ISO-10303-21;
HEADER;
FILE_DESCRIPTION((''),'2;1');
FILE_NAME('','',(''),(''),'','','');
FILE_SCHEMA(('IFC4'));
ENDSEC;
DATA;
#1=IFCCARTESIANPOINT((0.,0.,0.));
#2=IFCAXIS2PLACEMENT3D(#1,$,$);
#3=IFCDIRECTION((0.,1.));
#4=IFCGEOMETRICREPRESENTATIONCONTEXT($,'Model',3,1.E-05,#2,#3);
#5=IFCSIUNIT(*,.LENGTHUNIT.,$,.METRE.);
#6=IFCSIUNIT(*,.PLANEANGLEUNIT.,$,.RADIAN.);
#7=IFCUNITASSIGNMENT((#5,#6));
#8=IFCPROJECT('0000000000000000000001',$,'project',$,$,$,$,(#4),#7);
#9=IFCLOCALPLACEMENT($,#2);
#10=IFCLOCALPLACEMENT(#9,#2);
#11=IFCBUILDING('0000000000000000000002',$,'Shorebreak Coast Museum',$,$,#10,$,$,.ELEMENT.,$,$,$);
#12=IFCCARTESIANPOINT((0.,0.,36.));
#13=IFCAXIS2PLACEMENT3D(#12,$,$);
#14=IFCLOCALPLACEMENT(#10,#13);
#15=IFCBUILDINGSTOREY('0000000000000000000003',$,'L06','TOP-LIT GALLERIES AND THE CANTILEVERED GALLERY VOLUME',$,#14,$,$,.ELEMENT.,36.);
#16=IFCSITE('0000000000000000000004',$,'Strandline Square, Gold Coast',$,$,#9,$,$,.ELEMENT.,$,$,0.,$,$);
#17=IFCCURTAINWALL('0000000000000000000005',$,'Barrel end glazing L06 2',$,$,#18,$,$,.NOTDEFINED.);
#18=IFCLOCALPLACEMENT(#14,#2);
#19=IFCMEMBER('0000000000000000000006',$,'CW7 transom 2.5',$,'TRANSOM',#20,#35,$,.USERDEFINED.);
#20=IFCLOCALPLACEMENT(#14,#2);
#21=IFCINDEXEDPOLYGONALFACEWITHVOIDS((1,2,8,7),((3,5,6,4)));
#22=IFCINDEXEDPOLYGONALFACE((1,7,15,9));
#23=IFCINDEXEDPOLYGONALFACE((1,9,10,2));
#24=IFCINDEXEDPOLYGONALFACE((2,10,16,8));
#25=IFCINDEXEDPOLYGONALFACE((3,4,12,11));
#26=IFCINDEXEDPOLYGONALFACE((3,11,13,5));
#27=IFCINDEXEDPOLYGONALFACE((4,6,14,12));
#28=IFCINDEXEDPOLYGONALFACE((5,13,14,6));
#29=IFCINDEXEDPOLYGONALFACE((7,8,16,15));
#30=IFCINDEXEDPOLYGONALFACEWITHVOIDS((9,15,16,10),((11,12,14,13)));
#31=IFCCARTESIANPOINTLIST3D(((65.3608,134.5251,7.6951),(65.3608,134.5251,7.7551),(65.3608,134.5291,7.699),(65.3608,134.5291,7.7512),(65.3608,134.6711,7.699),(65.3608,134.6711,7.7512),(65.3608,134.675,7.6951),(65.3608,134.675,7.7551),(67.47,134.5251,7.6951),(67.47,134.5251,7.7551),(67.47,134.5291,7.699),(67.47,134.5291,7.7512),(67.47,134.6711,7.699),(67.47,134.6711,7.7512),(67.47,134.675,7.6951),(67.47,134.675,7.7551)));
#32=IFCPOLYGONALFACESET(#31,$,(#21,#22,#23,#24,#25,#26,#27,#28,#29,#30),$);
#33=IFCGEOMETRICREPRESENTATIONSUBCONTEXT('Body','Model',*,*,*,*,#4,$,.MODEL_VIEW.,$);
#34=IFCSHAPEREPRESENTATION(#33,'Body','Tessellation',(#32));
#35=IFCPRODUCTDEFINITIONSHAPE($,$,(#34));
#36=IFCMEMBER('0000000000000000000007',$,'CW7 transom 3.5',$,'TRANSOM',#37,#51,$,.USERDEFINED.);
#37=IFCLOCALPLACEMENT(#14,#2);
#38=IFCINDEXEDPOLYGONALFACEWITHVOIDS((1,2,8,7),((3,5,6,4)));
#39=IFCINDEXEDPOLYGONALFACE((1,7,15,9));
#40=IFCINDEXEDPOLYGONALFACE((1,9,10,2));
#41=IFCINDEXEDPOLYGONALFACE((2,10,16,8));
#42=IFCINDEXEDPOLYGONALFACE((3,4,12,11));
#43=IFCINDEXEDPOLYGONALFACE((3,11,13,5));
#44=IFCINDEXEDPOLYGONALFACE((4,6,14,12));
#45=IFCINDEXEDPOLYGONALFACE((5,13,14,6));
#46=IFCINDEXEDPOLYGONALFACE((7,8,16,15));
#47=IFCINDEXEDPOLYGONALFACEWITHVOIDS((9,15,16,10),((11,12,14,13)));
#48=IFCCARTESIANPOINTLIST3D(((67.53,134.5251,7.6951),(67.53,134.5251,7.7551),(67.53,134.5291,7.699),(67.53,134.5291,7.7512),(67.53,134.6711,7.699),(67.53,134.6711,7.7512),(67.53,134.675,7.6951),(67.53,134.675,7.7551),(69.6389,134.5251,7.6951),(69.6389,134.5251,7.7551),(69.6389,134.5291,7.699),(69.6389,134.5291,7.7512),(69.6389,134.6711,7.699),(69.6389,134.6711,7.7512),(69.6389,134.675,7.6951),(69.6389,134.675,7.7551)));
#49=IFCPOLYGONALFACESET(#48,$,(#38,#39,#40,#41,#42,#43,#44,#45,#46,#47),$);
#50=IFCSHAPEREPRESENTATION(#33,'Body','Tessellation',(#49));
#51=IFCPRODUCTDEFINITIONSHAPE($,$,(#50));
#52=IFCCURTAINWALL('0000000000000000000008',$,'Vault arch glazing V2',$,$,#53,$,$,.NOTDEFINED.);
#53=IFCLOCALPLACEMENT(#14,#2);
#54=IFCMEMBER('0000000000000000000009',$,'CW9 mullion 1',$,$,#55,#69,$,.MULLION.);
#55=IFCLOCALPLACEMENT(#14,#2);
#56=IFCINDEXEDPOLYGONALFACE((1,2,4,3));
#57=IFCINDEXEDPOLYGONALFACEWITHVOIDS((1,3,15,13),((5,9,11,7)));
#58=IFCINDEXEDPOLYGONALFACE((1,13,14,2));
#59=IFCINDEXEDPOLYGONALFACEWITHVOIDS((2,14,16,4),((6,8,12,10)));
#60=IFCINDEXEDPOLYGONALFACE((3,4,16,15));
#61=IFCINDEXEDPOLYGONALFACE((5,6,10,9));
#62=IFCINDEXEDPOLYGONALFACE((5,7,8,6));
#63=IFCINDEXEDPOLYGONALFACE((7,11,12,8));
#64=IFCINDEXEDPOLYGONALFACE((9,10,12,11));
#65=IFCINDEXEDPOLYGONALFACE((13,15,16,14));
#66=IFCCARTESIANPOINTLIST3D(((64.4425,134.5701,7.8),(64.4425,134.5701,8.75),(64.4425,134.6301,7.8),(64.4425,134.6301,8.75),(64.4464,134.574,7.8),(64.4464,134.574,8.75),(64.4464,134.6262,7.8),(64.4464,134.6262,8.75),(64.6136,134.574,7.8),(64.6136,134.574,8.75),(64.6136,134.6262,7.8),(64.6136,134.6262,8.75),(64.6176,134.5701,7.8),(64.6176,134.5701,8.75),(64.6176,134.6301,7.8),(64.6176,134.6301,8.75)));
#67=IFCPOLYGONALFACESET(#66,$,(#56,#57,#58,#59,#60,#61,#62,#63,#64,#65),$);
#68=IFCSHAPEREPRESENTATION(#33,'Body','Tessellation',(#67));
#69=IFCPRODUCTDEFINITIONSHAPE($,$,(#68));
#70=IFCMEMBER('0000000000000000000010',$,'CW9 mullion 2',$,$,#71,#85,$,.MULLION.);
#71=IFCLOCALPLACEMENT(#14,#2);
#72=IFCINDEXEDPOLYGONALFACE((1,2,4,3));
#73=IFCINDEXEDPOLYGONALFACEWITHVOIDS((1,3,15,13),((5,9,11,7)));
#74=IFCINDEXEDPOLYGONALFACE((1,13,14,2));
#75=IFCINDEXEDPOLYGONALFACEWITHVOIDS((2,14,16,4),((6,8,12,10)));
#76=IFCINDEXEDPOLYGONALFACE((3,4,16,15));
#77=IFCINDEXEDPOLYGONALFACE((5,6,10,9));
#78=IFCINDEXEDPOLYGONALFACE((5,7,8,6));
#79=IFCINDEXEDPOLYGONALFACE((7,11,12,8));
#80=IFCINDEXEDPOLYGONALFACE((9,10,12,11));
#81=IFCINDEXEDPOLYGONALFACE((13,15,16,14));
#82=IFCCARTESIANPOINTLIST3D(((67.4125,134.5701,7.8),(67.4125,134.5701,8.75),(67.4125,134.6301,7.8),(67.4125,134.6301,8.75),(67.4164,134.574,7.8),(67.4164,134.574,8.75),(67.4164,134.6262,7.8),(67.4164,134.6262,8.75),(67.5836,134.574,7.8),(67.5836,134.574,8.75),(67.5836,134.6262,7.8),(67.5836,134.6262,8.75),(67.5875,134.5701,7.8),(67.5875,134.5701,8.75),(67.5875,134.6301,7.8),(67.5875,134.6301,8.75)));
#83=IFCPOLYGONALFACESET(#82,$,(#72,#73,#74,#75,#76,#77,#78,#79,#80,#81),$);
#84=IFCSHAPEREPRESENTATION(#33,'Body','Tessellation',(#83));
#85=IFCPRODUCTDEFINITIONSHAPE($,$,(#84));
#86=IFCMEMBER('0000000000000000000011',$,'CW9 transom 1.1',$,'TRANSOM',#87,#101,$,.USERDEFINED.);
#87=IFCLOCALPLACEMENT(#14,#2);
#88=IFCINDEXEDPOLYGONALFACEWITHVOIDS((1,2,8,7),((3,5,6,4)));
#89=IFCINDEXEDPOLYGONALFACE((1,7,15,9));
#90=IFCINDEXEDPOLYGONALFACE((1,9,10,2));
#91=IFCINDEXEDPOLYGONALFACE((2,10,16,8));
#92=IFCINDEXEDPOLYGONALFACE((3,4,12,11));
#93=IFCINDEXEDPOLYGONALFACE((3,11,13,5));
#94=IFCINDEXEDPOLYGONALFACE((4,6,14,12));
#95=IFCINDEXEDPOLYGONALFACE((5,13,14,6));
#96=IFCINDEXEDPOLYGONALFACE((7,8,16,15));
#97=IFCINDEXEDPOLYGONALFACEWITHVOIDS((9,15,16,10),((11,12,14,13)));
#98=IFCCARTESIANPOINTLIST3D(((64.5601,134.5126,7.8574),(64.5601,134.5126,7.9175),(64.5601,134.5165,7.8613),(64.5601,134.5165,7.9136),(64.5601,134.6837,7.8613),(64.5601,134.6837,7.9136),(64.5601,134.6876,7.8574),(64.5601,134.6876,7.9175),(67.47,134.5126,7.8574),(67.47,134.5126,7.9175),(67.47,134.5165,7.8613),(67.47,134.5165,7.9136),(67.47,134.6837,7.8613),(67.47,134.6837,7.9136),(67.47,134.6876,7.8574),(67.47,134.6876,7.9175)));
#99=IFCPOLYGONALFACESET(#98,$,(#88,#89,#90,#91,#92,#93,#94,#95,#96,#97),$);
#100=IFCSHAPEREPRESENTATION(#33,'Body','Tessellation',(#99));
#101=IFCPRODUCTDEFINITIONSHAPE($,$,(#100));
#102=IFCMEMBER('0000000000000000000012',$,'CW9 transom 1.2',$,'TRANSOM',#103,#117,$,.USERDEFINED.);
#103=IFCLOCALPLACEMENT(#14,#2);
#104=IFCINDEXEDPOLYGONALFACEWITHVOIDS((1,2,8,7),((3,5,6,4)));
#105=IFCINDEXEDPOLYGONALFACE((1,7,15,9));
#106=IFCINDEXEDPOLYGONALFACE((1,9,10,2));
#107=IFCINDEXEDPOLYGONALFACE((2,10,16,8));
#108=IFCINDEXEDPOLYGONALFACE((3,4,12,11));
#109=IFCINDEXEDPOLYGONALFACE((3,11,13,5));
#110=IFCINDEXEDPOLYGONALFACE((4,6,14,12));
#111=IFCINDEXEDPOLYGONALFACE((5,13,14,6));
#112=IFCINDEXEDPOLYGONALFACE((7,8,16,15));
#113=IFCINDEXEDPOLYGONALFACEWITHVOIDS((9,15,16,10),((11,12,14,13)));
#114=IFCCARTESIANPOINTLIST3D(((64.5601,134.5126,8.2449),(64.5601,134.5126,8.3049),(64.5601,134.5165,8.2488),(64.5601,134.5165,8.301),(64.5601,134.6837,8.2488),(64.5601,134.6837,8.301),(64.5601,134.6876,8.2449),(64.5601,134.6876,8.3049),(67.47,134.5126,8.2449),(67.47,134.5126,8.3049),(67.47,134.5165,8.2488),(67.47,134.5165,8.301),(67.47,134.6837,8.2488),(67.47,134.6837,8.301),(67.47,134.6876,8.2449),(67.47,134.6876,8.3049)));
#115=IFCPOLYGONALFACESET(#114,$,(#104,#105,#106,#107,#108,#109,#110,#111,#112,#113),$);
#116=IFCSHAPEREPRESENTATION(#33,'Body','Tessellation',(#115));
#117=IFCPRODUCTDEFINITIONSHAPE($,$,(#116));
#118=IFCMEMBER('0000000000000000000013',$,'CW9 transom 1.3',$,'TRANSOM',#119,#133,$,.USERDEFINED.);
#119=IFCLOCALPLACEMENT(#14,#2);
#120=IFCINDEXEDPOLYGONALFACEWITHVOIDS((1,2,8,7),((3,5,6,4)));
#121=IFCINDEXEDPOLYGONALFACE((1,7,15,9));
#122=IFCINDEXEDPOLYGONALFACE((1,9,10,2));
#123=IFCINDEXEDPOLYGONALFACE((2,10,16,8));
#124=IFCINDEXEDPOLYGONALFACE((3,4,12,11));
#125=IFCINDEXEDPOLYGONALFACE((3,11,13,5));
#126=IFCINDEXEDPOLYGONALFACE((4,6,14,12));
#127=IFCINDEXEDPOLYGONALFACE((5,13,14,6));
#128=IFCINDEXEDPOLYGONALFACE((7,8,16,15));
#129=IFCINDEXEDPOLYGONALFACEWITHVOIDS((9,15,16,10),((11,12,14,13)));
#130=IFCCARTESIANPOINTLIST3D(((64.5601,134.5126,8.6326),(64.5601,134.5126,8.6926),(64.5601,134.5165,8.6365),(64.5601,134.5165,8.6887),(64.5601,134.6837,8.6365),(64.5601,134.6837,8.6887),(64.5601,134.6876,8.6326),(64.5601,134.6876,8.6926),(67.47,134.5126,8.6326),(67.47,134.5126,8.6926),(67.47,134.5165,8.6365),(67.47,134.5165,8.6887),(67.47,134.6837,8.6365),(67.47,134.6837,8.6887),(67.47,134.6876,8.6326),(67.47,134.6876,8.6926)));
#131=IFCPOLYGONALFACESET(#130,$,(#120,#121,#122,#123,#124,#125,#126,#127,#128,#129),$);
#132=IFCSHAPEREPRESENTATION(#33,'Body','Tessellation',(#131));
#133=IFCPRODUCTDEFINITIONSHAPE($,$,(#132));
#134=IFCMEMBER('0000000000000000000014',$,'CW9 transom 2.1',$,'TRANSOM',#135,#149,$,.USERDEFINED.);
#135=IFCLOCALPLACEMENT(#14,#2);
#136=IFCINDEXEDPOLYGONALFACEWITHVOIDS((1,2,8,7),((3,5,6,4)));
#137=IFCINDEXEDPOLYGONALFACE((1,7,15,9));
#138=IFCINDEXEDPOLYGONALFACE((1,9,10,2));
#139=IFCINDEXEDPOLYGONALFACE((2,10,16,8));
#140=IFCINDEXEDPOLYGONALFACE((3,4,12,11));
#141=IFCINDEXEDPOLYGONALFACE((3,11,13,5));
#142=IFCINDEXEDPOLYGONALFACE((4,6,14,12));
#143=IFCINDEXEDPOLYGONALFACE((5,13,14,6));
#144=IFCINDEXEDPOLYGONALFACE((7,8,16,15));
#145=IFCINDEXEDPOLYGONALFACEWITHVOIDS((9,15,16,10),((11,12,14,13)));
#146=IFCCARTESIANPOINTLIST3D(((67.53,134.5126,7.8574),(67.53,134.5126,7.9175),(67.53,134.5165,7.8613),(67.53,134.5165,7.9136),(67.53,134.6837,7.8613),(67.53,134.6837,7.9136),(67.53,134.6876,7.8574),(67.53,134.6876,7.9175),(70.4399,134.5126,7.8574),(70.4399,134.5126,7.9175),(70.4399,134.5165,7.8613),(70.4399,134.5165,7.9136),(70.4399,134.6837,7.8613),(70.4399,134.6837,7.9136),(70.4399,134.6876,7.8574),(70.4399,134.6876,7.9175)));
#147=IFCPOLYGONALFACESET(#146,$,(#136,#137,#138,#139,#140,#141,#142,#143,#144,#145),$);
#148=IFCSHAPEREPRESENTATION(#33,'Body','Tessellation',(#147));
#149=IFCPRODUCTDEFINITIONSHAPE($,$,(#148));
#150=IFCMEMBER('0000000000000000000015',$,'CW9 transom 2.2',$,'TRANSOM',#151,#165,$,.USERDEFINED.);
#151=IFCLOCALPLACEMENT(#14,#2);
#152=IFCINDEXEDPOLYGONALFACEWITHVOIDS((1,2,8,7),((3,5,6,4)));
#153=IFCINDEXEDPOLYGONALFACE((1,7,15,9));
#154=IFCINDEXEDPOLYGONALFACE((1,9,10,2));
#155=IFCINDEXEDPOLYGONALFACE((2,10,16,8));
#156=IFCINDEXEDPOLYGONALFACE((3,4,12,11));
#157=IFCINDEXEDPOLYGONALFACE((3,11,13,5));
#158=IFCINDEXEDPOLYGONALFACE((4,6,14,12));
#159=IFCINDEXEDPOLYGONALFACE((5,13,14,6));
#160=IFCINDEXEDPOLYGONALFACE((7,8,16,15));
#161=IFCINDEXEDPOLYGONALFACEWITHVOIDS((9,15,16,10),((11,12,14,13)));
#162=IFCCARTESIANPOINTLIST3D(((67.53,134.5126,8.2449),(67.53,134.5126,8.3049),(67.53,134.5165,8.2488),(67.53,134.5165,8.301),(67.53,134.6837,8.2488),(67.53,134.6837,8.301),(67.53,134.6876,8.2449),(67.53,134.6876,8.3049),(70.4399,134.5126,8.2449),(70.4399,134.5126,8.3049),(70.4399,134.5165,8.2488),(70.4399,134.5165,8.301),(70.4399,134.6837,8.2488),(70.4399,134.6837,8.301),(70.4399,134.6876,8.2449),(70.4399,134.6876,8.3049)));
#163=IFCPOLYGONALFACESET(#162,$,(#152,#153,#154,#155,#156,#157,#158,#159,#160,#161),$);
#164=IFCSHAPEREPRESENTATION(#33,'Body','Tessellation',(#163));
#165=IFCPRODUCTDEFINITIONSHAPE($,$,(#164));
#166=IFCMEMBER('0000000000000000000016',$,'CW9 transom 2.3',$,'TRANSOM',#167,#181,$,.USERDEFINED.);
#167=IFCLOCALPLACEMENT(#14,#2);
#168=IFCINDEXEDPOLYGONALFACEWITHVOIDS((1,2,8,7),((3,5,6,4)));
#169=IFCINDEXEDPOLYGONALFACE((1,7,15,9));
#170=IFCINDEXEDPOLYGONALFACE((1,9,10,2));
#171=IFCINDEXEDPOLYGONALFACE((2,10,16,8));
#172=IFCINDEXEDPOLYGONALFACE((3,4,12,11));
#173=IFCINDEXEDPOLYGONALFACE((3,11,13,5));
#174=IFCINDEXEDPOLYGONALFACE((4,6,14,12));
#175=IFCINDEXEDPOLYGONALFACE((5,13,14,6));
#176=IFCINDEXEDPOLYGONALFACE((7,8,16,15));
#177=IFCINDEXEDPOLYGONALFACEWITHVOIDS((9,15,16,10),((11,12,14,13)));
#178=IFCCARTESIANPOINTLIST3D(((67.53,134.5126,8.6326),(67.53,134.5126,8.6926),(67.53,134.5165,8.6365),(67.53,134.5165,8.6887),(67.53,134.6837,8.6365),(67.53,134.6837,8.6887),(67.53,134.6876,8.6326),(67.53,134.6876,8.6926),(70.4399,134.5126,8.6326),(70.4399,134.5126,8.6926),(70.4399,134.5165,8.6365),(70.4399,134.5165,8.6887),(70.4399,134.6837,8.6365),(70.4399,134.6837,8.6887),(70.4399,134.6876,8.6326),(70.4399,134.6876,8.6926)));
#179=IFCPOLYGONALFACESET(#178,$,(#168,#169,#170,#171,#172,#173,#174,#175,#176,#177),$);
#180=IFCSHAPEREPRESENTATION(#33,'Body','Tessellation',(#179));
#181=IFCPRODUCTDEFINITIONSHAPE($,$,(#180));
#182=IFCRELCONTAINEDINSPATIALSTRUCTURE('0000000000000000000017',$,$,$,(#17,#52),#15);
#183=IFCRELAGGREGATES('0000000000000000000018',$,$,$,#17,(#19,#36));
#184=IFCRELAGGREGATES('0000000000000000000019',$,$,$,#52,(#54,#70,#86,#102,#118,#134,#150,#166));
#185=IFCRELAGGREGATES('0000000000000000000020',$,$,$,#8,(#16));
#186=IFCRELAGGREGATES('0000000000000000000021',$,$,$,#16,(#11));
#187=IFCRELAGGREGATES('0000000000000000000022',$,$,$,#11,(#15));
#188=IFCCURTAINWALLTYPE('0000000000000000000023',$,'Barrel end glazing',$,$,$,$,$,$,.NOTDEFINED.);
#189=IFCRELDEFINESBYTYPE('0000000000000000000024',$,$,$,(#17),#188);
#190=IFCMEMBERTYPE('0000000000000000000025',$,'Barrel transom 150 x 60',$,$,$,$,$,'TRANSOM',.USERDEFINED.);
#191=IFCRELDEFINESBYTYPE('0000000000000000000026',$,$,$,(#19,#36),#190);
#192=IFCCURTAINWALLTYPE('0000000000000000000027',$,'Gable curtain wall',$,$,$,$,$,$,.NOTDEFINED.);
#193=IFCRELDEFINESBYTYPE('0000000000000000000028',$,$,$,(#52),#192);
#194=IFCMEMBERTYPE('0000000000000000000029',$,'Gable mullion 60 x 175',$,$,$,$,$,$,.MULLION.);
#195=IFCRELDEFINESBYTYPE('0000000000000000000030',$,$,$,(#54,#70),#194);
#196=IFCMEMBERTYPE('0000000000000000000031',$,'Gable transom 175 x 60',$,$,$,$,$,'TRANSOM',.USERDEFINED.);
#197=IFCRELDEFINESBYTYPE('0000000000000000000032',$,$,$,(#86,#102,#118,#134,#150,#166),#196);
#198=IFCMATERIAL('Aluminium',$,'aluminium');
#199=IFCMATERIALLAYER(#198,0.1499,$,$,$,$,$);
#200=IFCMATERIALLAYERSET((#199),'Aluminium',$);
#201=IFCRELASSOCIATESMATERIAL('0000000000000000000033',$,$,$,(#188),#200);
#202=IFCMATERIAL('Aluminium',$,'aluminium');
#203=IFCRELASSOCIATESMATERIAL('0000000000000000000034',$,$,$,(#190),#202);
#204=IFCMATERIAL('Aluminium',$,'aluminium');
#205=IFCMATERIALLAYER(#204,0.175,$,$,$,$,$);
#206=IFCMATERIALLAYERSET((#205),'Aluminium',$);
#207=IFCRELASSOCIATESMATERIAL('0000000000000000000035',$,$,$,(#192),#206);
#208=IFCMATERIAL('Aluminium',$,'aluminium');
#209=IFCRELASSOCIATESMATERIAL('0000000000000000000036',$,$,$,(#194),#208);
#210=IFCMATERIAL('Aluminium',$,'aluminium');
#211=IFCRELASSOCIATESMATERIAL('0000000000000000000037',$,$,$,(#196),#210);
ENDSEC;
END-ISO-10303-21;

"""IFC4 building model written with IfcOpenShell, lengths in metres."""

from ifc_helpers import new_model, si_unit, direction, frame, origin, origin_2d, place, context, subcontext, project, spatial, hollow_rectangle, extrude, material, layer, layer_set, material_profile, profile_set, type_object, element, aggregate, save


model = new_model("IFC4")

# Units and contexts
model_context = context("Model", 3, precision=1e-05, world=origin(), true_north=direction((0.0, 1.0)))
body_context = subcontext(model_context, "Body", "Model", "MODEL_VIEW")
ifc_project = project(units=[si_unit("LENGTHUNIT", "METRE"), si_unit("PLANEANGLEUNIT", "RADIAN")], contexts=[model_context])

# Site, building, storey
site_placement = place(None, origin())
site = spatial("IfcSite", under=ifc_project, at=site_placement, Name="Strandline Square, Gold Coast", CompositionType="ELEMENT", RefElevation=0.0)
building_placement = place(site_placement, origin())
building = spatial("IfcBuilding", under=site, at=building_placement, Name="Shorebreak Coast Museum", CompositionType="ELEMENT")
storey_placement = place(building_placement, frame((0.0, 0.0, 36.0)))
storey = spatial("IfcBuildingStorey", under=building, at=storey_placement, Name="L06", Description="TOP-LIT GALLERIES AND THE CANTILEVERED GALLERY VOLUME", CompositionType="ELEMENT", Elevation=36.0)

# Curtain walls, members
ifc_material_1 = material(Name="Aluminium", Category="aluminium")
ifc_layer_1 = layer(ifc_material_1, 0.1499)
ifc_layer_set_1 = layer_set([ifc_layer_1], Name="Aluminium")
curtain_wall_type_1 = type_object("IfcCurtainWallType", Name="Barrel end glazing", PredefinedType="NOTDEFINED", material=ifc_layer_set_1)
curtain_wall_1_placement = place(storey_placement, origin())
curtain_wall_1 = element("IfcCurtainWall", 1, at=curtain_wall_1_placement, inside=storey, type_object=curtain_wall_type_1, Name="Barrel end glazing L06 2", PredefinedType="NOTDEFINED")
ifc_material_2 = material(Name="Aluminium", Category="aluminium")
ifc_material_profile_1 = material_profile(ifc_material_2, hollow_rectangle(XDim=0.1499, YDim=0.0601, WallThickness=0.0039, at=origin_2d()), Name="AL 60x150 RHS")
ifc_profile_set_1 = profile_set([ifc_material_profile_1], Name="Aluminium")
member_type_1 = type_object("IfcMemberType", Name="Barrel transom 150 x 60", ElementType="TRANSOM", PredefinedType="USERDEFINED", material=ifc_profile_set_1)
member_1_placement = place(storey_placement, frame((65.3608, 134.6001, 7.7251), z_axis=(1.0, 0.0, 0.0), x_axis=(0.0, 1.0, 0.0)))
member_1 = element("IfcMember", 2, at=member_1_placement, type_object=member_type_1, Name="CW7 transom 2.5", ObjectType="TRANSOM", PredefinedType="USERDEFINED", context=body_context, shape_type="SweptSolid", body=[
    extrude(hollow_rectangle(XDim=0.1499, YDim=0.0601, WallThickness=0.0039, at=origin_2d()), origin(), (0.0, 0.0, 1.0), 2.1091),
])
member_2_placement = place(storey_placement, frame((67.53, 134.6001, 7.7251), z_axis=(1.0, 0.0, 0.0), x_axis=(0.0, 1.0, 0.0)))
member_2 = element("IfcMember", 3, at=member_2_placement, type_object=member_type_1, Name="CW7 transom 3.5", ObjectType="TRANSOM", PredefinedType="USERDEFINED", context=body_context, shape_type="SweptSolid", body=[
    extrude(hollow_rectangle(XDim=0.1499, YDim=0.0601, WallThickness=0.0039, at=origin_2d()), origin(), (0.0, 0.0, 1.0), 2.1089),
])
aggregate(curtain_wall_1, [member_1, member_2])
ifc_material_3 = material(Name="Aluminium", Category="aluminium")
ifc_layer_2 = layer(ifc_material_3, 0.175)
ifc_layer_set_2 = layer_set([ifc_layer_2], Name="Aluminium")
curtain_wall_type_2 = type_object("IfcCurtainWallType", Name="Gable curtain wall", PredefinedType="NOTDEFINED", material=ifc_layer_set_2)
curtain_wall_2_placement = place(storey_placement, origin())
curtain_wall_2 = element("IfcCurtainWall", 4, at=curtain_wall_2_placement, inside=storey, type_object=curtain_wall_type_2, Name="Vault arch glazing V2", PredefinedType="NOTDEFINED")
ifc_material_4 = material(Name="Aluminium", Category="aluminium")
ifc_material_profile_2 = material_profile(ifc_material_4, hollow_rectangle(XDim=0.0601, YDim=0.175, WallThickness=0.0039, at=origin_2d()), Name="AL 175x60 RHS")
ifc_profile_set_2 = profile_set([ifc_material_profile_2], Name="Aluminium")
member_type_2 = type_object("IfcMemberType", Name="Gable mullion 60 x 175", PredefinedType="MULLION", material=ifc_profile_set_2)
member_3_placement = place(storey_placement, frame((64.53, 134.6001, 7.8), z_axis=(0.0, 0.0, 1.0), x_axis=(0.0, 1.0, 0.0)))
member_3 = element("IfcMember", 5, at=member_3_placement, type_object=member_type_2, Name="CW9 mullion 1", PredefinedType="MULLION", context=body_context, shape_type="SweptSolid", body=[
    extrude(hollow_rectangle(XDim=0.0601, YDim=0.175, WallThickness=0.0039, at=origin_2d()), origin(), (0.0, 0.0, 1.0), 0.95),
])
member_4_placement = place(storey_placement, frame((67.5, 134.6001, 7.8), z_axis=(0.0, 0.0, 1.0), x_axis=(0.0, 1.0, 0.0)))
member_4 = element("IfcMember", 6, at=member_4_placement, type_object=member_type_2, Name="CW9 mullion 2", PredefinedType="MULLION", context=body_context, shape_type="SweptSolid", body=[
    extrude(hollow_rectangle(XDim=0.0601, YDim=0.175, WallThickness=0.0039, at=origin_2d()), origin(), (0.0, 0.0, 1.0), 0.95),
])
ifc_material_5 = material(Name="Aluminium", Category="aluminium")
ifc_material_profile_3 = material_profile(ifc_material_5, hollow_rectangle(XDim=0.175, YDim=0.0601, WallThickness=0.0039, at=origin_2d()), Name="AL 60x175 RHS")
ifc_profile_set_3 = profile_set([ifc_material_profile_3], Name="Aluminium")
member_type_3 = type_object("IfcMemberType", Name="Gable transom 175 x 60", ElementType="TRANSOM", PredefinedType="USERDEFINED", material=ifc_profile_set_3)
member_5_placement = place(storey_placement, frame((64.5601, 134.6001, 7.8875), z_axis=(1.0, 0.0, 0.0), x_axis=(0.0, 1.0, 0.0)))
member_5 = element("IfcMember", 7, at=member_5_placement, type_object=member_type_3, Name="CW9 transom 1.1", ObjectType="TRANSOM", PredefinedType="USERDEFINED", context=body_context, shape_type="SweptSolid", body=[
    extrude(hollow_rectangle(XDim=0.175, YDim=0.0601, WallThickness=0.0039, at=origin_2d()), origin(), (0.0, 0.0, 1.0), 2.9099),
])
member_6_placement = place(storey_placement, frame((64.5601, 134.6001, 8.2749), z_axis=(1.0, 0.0, 0.0), x_axis=(0.0, 1.0, 0.0)))
member_6 = element("IfcMember", 8, at=member_6_placement, type_object=member_type_3, Name="CW9 transom 1.2", ObjectType="TRANSOM", PredefinedType="USERDEFINED", context=body_context, shape_type="SweptSolid", body=[
    extrude(hollow_rectangle(XDim=0.175, YDim=0.0601, WallThickness=0.0039, at=origin_2d()), origin(), (0.0, 0.0, 1.0), 2.9099),
])
member_7_placement = place(storey_placement, frame((64.5601, 134.6001, 8.6626), z_axis=(1.0, 0.0, 0.0), x_axis=(0.0, 1.0, 0.0)))
member_7 = element("IfcMember", 9, at=member_7_placement, type_object=member_type_3, Name="CW9 transom 1.3", ObjectType="TRANSOM", PredefinedType="USERDEFINED", context=body_context, shape_type="SweptSolid", body=[
    extrude(hollow_rectangle(XDim=0.175, YDim=0.0601, WallThickness=0.0039, at=origin_2d()), origin(), (0.0, 0.0, 1.0), 2.9099),
])
member_8_placement = place(storey_placement, frame((67.53, 134.6001, 7.8875), z_axis=(1.0, 0.0, 0.0), x_axis=(0.0, 1.0, 0.0)))
member_8 = element("IfcMember", 10, at=member_8_placement, type_object=member_type_3, Name="CW9 transom 2.1", ObjectType="TRANSOM", PredefinedType="USERDEFINED", context=body_context, shape_type="SweptSolid", body=[
    extrude(hollow_rectangle(XDim=0.175, YDim=0.0601, WallThickness=0.0039, at=origin_2d()), origin(), (0.0, 0.0, 1.0), 2.9099),
])
member_9_placement = place(storey_placement, frame((67.53, 134.6001, 8.2749), z_axis=(1.0, 0.0, 0.0), x_axis=(0.0, 1.0, 0.0)))
member_9 = element("IfcMember", 11, at=member_9_placement, type_object=member_type_3, Name="CW9 transom 2.2", ObjectType="TRANSOM", PredefinedType="USERDEFINED", context=body_context, shape_type="SweptSolid", body=[
    extrude(hollow_rectangle(XDim=0.175, YDim=0.0601, WallThickness=0.0039, at=origin_2d()), origin(), (0.0, 0.0, 1.0), 2.9099),
])
member_10_placement = place(storey_placement, frame((67.53, 134.6001, 8.6626), z_axis=(1.0, 0.0, 0.0), x_axis=(0.0, 1.0, 0.0)))
member_10 = element("IfcMember", 12, at=member_10_placement, type_object=member_type_3, Name="CW9 transom 2.3", ObjectType="TRANSOM", PredefinedType="USERDEFINED", context=body_context, shape_type="SweptSolid", body=[
    extrude(hollow_rectangle(XDim=0.175, YDim=0.0601, WallThickness=0.0039, at=origin_2d()), origin(), (0.0, 0.0, 1.0), 2.9099),
])

aggregate(curtain_wall_2, [member_3, member_4, member_5, member_6, member_7, member_8, member_9, member_10])

save(model, "model.ifc")
